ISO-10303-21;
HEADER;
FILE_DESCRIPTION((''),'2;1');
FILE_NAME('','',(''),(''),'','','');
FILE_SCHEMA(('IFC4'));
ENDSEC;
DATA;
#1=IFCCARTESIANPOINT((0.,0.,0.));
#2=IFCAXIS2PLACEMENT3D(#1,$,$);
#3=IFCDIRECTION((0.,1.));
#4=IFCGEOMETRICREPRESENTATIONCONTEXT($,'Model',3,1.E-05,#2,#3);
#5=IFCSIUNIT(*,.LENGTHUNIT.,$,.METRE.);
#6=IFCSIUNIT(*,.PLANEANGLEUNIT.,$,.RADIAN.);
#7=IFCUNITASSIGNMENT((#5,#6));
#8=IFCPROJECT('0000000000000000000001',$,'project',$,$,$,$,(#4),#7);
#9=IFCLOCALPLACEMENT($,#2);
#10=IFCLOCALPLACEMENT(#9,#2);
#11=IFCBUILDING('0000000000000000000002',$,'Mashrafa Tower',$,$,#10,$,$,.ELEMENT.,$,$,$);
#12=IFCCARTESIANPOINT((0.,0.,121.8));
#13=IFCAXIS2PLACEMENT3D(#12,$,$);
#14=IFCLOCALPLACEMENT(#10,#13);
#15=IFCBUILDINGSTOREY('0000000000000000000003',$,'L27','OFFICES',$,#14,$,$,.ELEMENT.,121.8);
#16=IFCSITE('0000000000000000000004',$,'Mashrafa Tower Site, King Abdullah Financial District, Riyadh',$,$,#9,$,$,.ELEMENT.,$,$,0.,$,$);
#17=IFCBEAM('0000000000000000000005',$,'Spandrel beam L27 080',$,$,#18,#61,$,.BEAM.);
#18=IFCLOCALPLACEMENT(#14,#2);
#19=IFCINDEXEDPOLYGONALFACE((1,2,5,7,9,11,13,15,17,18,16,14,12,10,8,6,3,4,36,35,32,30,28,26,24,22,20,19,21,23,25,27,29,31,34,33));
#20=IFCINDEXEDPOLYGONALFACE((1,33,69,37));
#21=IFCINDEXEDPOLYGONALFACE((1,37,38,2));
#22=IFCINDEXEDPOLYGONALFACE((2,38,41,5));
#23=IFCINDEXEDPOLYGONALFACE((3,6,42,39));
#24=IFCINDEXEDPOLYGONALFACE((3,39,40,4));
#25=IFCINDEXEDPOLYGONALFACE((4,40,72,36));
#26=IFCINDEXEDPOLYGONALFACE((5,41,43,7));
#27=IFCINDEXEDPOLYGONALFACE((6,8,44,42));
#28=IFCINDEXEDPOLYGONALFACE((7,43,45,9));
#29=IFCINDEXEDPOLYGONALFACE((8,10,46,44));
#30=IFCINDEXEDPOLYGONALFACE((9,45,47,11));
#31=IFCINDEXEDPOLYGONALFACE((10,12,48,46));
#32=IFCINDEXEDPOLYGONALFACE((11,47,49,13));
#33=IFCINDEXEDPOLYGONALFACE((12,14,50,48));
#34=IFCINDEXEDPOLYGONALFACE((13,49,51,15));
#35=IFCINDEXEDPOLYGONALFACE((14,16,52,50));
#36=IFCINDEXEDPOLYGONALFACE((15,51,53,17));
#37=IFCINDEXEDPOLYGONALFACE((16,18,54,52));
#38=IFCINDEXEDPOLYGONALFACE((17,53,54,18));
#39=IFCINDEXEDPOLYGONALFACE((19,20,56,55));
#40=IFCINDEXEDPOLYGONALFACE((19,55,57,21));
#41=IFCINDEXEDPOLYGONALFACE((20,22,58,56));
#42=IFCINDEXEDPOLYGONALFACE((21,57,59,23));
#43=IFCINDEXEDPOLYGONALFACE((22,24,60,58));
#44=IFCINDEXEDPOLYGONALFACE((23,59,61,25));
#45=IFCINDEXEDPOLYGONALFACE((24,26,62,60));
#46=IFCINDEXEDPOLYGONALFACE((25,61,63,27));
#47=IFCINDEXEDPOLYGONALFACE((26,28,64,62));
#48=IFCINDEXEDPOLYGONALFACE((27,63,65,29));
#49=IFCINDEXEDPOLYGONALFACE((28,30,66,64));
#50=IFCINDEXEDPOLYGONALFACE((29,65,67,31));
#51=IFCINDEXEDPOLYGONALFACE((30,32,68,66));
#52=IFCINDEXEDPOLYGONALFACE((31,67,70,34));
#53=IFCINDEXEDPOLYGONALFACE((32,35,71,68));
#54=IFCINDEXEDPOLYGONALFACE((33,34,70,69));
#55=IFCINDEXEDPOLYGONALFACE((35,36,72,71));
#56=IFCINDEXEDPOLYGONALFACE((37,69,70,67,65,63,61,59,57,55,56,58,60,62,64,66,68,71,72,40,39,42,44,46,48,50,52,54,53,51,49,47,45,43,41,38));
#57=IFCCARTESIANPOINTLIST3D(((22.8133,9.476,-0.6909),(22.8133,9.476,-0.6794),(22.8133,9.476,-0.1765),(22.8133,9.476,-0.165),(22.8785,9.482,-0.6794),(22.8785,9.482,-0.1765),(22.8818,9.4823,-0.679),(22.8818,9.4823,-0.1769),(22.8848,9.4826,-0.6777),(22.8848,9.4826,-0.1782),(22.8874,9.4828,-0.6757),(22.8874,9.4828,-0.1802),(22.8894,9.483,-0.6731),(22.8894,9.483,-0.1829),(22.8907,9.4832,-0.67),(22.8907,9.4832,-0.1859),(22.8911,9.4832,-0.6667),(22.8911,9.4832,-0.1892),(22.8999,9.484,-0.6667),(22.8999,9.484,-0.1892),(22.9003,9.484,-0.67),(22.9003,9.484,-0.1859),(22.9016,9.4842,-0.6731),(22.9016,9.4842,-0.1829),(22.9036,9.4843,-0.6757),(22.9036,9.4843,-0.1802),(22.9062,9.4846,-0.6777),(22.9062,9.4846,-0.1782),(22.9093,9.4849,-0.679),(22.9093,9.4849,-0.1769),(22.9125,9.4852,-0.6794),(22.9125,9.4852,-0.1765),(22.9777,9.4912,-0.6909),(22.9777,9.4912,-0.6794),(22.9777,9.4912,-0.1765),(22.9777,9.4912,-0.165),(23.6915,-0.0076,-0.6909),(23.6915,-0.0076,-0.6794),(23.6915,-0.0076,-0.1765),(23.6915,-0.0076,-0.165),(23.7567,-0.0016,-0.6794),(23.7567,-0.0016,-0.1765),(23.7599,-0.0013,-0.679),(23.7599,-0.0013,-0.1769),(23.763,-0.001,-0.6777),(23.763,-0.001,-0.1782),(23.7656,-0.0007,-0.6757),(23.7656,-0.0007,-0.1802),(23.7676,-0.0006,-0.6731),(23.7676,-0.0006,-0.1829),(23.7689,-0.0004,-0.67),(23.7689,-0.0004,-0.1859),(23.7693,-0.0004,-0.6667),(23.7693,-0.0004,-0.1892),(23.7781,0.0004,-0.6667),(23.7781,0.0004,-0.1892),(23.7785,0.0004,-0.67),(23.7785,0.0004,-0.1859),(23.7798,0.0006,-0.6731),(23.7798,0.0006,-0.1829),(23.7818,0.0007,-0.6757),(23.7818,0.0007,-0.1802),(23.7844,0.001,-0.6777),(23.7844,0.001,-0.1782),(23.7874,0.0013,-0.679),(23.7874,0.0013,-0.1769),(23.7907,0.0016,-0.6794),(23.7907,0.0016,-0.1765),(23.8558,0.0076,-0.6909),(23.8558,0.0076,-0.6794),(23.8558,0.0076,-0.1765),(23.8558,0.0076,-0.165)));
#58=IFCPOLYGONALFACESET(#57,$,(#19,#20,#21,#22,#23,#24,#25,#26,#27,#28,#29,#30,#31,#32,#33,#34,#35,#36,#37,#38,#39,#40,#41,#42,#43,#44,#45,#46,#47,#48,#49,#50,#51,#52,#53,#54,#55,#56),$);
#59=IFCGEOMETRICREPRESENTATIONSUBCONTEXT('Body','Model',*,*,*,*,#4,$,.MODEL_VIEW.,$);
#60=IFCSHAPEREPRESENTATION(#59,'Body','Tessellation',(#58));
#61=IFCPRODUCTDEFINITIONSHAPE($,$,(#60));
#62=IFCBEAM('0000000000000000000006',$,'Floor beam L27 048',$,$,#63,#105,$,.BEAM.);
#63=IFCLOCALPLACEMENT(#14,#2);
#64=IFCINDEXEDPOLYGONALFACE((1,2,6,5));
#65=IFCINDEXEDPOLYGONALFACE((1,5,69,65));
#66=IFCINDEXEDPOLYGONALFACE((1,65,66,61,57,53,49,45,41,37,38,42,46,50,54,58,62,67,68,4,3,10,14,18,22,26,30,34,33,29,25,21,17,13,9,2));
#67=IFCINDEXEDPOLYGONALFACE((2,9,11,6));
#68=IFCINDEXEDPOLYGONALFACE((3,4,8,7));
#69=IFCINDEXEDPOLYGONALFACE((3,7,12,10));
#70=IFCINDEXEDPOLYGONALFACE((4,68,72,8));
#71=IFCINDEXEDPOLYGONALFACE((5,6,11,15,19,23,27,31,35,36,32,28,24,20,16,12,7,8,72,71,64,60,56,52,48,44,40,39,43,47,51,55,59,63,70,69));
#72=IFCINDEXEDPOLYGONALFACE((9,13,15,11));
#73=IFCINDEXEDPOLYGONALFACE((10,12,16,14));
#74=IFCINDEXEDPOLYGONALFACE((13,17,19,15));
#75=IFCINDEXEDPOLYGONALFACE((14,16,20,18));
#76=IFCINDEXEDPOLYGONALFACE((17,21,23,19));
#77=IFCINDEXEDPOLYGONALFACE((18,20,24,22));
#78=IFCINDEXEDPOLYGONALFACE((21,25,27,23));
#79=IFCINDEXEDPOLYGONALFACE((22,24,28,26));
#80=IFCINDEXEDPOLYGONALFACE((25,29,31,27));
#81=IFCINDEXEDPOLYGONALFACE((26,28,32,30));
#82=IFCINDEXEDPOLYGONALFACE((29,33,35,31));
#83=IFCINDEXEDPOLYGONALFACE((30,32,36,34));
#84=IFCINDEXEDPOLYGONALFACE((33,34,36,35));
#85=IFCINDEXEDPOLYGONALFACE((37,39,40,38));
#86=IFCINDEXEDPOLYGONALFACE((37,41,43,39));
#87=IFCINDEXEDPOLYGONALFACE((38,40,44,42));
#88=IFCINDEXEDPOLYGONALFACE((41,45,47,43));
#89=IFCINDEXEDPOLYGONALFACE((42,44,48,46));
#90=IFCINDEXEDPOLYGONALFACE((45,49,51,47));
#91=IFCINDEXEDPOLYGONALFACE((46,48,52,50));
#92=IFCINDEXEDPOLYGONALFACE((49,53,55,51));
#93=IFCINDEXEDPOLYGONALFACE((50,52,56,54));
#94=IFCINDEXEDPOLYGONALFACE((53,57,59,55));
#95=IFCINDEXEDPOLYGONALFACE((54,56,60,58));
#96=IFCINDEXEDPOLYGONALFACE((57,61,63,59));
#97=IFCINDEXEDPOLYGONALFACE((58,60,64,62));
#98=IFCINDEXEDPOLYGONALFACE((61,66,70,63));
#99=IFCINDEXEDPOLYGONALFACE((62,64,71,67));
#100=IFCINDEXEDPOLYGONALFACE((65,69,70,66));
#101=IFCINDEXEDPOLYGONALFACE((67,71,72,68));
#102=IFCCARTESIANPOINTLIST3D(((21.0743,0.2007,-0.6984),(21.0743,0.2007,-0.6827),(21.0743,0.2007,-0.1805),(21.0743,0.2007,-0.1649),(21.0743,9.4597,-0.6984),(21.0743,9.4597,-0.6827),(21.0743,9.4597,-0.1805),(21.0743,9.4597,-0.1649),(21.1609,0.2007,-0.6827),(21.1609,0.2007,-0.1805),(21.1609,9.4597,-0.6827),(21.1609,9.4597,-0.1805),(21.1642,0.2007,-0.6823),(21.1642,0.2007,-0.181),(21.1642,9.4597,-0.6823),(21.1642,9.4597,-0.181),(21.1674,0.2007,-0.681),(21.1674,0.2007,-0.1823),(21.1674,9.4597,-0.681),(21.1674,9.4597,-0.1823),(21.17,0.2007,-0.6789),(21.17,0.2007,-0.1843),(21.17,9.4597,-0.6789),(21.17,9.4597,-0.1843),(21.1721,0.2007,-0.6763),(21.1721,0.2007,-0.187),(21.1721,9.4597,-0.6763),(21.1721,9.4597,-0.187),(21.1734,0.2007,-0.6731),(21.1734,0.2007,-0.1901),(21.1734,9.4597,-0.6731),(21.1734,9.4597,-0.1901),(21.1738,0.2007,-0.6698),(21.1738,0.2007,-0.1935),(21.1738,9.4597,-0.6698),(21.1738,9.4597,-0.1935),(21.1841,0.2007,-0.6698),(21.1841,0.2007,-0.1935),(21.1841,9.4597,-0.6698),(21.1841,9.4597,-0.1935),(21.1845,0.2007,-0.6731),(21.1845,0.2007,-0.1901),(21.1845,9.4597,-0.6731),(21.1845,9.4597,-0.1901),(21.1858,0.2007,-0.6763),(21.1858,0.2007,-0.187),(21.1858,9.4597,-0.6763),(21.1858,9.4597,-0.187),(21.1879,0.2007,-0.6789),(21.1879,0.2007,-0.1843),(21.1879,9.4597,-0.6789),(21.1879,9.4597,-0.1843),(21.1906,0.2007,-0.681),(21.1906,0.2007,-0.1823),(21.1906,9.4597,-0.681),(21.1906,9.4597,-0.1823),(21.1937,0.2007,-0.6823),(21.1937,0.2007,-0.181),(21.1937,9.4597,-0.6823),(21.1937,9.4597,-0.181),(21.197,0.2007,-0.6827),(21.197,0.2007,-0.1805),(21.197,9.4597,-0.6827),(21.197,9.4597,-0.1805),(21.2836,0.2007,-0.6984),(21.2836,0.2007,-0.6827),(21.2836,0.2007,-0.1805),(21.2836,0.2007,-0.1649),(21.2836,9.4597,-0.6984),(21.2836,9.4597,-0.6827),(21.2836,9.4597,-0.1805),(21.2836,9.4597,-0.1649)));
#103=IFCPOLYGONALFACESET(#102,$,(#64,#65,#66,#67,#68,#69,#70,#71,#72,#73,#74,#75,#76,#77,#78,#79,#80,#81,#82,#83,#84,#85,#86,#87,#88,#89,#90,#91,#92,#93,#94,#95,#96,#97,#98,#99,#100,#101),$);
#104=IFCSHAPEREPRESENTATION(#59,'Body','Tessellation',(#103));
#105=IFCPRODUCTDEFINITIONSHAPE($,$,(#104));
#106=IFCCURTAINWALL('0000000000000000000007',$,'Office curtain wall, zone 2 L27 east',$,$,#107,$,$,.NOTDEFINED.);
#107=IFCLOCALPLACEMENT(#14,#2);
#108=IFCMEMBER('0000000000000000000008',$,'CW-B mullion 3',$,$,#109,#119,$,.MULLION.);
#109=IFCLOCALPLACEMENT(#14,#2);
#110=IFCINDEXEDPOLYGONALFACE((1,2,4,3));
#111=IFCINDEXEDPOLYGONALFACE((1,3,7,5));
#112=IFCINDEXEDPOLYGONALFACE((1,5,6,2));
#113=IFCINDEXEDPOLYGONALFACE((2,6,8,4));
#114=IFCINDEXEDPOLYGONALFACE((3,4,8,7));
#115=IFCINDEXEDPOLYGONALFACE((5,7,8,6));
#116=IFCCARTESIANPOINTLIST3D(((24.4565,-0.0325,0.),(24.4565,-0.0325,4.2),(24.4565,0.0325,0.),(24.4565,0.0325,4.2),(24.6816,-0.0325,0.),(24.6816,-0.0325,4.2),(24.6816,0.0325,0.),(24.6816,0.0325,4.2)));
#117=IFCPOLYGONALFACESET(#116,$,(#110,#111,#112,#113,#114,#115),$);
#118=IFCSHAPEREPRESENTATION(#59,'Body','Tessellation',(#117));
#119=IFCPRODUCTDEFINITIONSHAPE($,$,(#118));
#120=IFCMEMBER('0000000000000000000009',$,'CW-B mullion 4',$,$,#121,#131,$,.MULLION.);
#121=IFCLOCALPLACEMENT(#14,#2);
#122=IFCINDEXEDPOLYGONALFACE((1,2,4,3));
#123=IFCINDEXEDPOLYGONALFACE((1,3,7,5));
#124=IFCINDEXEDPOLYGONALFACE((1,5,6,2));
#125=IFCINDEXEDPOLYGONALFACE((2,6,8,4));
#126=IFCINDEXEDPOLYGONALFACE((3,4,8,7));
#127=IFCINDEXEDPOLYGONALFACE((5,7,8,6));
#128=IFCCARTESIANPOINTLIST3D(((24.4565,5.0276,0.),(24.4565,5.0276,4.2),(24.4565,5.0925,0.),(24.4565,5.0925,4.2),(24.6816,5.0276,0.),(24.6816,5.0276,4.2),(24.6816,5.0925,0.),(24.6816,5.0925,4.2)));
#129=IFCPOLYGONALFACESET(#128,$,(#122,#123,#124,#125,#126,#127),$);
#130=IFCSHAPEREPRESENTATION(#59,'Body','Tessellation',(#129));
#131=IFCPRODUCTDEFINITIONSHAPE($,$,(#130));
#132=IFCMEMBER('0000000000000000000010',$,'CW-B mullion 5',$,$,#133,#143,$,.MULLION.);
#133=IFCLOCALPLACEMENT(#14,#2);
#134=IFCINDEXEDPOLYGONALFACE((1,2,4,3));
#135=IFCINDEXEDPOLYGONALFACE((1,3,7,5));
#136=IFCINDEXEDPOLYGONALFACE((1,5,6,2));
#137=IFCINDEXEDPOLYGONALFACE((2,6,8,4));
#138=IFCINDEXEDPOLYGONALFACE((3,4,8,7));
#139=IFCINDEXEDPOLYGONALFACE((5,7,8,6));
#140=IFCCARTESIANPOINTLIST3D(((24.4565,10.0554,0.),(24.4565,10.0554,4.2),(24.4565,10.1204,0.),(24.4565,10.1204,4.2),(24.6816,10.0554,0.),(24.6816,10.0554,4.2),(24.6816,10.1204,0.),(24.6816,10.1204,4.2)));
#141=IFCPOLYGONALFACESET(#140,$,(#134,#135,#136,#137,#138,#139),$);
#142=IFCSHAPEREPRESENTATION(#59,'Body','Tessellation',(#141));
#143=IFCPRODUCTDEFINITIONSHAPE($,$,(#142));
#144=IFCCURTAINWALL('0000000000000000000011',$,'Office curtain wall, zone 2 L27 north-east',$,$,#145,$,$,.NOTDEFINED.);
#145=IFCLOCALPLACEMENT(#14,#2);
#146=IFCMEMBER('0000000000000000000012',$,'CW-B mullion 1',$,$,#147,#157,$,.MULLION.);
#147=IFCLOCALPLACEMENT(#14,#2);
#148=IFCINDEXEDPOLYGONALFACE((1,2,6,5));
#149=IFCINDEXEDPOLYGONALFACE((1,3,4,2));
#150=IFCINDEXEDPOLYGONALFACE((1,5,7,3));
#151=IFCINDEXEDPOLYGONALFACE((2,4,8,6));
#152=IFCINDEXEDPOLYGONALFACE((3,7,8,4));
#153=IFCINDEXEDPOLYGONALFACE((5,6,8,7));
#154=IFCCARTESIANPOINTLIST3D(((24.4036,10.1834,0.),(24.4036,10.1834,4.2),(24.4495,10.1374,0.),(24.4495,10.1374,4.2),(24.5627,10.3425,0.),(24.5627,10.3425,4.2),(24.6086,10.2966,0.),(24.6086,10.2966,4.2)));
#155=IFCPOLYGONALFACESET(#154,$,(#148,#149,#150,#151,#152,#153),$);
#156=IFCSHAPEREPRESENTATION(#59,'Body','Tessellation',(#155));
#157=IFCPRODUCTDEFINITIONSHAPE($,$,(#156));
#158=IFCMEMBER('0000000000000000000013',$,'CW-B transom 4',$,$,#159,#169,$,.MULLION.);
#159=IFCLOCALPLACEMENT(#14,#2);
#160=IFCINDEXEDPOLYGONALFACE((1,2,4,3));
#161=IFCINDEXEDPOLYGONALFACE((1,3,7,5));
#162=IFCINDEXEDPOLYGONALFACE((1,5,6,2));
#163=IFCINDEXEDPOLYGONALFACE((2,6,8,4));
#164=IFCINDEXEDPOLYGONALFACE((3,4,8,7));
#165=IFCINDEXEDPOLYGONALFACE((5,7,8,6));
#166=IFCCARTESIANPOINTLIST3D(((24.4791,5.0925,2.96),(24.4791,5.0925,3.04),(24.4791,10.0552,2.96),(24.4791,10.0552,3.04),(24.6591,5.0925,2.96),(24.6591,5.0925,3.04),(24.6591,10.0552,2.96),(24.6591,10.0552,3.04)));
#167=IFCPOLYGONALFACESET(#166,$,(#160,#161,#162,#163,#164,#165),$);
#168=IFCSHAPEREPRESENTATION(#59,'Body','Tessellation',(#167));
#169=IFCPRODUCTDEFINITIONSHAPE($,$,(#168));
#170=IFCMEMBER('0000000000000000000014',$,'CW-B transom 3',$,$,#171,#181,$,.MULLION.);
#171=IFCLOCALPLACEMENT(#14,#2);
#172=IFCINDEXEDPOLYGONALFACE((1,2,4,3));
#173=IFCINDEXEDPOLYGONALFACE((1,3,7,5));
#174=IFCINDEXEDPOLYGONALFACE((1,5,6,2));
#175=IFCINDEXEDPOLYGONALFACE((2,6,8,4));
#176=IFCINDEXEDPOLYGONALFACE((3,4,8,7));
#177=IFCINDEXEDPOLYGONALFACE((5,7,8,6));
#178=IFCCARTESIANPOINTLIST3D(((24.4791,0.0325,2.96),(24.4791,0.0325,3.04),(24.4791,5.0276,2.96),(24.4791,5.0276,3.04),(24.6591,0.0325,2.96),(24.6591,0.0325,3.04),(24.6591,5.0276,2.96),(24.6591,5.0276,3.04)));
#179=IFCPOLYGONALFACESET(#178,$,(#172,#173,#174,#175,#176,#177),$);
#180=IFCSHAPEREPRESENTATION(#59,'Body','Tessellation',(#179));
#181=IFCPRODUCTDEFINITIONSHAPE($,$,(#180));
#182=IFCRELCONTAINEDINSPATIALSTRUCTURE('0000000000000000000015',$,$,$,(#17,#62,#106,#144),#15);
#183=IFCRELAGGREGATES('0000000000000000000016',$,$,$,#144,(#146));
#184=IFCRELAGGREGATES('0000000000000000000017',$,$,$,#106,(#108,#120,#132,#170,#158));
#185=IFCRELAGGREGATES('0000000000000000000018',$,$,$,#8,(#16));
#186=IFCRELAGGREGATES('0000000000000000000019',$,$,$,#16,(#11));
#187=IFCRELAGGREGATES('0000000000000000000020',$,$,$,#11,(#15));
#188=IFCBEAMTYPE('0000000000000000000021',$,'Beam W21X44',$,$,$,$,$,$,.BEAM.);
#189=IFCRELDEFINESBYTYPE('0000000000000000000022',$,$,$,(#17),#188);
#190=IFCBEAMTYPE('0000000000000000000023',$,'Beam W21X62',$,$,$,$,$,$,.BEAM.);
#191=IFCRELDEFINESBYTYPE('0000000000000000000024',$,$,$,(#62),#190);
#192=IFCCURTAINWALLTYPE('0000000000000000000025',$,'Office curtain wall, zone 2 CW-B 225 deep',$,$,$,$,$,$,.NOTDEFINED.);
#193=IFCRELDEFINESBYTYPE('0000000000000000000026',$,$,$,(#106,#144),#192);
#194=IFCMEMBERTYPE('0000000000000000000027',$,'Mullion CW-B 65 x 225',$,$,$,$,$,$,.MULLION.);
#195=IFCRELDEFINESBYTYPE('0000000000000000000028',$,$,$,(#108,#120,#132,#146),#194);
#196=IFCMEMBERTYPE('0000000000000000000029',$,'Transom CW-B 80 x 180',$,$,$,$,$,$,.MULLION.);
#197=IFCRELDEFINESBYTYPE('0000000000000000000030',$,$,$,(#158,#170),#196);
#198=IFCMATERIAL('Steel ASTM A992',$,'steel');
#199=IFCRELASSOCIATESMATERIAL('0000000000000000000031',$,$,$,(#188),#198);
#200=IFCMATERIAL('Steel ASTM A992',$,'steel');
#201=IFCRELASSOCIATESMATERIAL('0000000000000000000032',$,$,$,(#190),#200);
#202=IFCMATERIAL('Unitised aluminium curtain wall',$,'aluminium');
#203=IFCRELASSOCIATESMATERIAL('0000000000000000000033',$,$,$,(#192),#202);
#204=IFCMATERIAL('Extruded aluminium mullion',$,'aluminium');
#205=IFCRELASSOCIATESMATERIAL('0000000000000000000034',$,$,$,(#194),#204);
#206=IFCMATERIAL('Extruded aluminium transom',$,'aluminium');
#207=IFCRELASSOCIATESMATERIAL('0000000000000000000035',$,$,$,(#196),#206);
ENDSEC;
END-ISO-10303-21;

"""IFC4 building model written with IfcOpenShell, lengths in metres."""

from ifc_helpers import new_model, si_unit, direction, frame, origin, origin_2d, place, context, subcontext, project, spatial, rectangle, i_section, extrude, source, transform, mapped, material, material_profile, profile_set, type_object, type_shapes, element, aggregate, save


model = new_model("IFC4")

# Units and contexts
model_context = context("Model", 3, precision=1e-05, world=origin(), true_north=direction((0.0, 1.0)))
body_context = subcontext(model_context, "Body", "Model", "MODEL_VIEW")
ifc_project = project(units=[si_unit("LENGTHUNIT", "METRE"), si_unit("PLANEANGLEUNIT", "RADIAN")], contexts=[model_context])

# Site, building, storey
site_placement = place(None, origin())
site = spatial("IfcSite", under=ifc_project, at=site_placement, Name="Mashrafa Tower Site, King Abdullah Financial District, Riyadh", CompositionType="ELEMENT", RefElevation=0.0)
building_placement = place(site_placement, origin())
building = spatial("IfcBuilding", under=site, at=building_placement, Name="Mashrafa Tower", CompositionType="ELEMENT")
storey_placement = place(building_placement, frame((0.0, 0.0, 121.8)))
storey = spatial("IfcBuildingStorey", under=building, at=storey_placement, Name="L27", Description="OFFICES", CompositionType="ELEMENT", Elevation=121.8)

# Beams
ifc_material_1 = material(Name="Steel ASTM A992", Category="steel")
ifc_material_profile_1 = material_profile(ifc_material_1, i_section(OverallWidth=0.165, OverallDepth=0.5259, WebThickness=0.0088, FlangeThickness=0.0115, FilletRadius=0.0127, at=origin_2d()), Name="W21X44")
ifc_profile_set_1 = profile_set([ifc_material_profile_1], Name="Steel ASTM A992")
beam_type_1 = type_object("IfcBeamType", Name="Beam W21X44", PredefinedType="BEAM", material=ifc_profile_set_1)
for number, where, z_axis, x_axis, name in (
    (1, (23.7737, 0.0, -0.428), (-0.092204, 0.99574, 0.0), (-0.99574, -0.092204, 0.0), "Spandrel beam L27 080"),
):
    element("IfcBeam", number, at=place(storey_placement, frame(where, z_axis=z_axis, x_axis=x_axis)), inside=storey, type_object=beam_type_1, Name=name, PredefinedType="BEAM", context=body_context, shape_type="SweptSolid", body=[
        extrude(i_section(OverallWidth=0.165, OverallDepth=0.5259, WebThickness=0.0088, FlangeThickness=0.0115, FilletRadius=0.0127, at=origin_2d()), origin(), (0.0, 0.0, 1.0), 9.5242),
    ])
ifc_material_2 = material(Name="Steel ASTM A992", Category="steel")
ifc_material_profile_2 = material_profile(ifc_material_2, i_section(OverallWidth=0.2092, OverallDepth=0.5334, WebThickness=0.0103, FlangeThickness=0.0156, FilletRadius=0.0129, at=origin_2d()), Name="W21X62")
ifc_profile_set_2 = profile_set([ifc_material_profile_2], Name="Steel ASTM A992")
beam_type_2 = type_object("IfcBeamType", Name="Beam W21X62", PredefinedType="BEAM", material=ifc_profile_set_2)
beam_1_placement = place(storey_placement, frame((21.179, 9.4597, -0.4316), z_axis=(0.0, -1.0, 0.0), x_axis=(1.0, 0.0, 0.0)))
element("IfcBeam", 2, at=beam_1_placement, inside=storey, type_object=beam_type_2, Name="Floor beam L27 048", PredefinedType="BEAM", context=body_context, shape_type="SweptSolid", body=[
    extrude(i_section(OverallWidth=0.2092, OverallDepth=0.5334, WebThickness=0.0103, FlangeThickness=0.0156, FilletRadius=0.0129, at=origin_2d()), origin(), (0.0, 0.0, 1.0), 9.259),
])

# Curtain wall, members
ifc_material_3 = material(Name="Unitised aluminium curtain wall", Category="aluminium")
curtain_wall_type = type_object("IfcCurtainWallType", Name="Office curtain wall, zone 2 CW-B 225 deep", PredefinedType="NOTDEFINED", material=ifc_material_3)
curtain_wall_1_placement = place(storey_placement, origin())
curtain_wall_1 = element("IfcCurtainWall", 3, at=curtain_wall_1_placement, inside=storey, type_object=curtain_wall_type, Name="Office curtain wall, zone 2 L27 east", PredefinedType="NOTDEFINED")
ifc_material_4 = material(Name="Extruded aluminium mullion", Category="aluminium")
ifc_material_profile_3 = material_profile(ifc_material_4, rectangle(XDim=0.2251, YDim=0.0649, at=origin_2d()), Name="Mullion 65x225")
ifc_profile_set_3 = profile_set([ifc_material_profile_3], Name="Extruded aluminium mullion")
member_type_1 = type_object("IfcMemberType", Name="Mullion CW-B 65 x 225", PredefinedType="MULLION", material=ifc_profile_set_3)
shared_shape_1 = source(origin(), body_context, "Body", "SweptSolid", [
    extrude(rectangle(XDim=0.2251, YDim=0.0649, at=origin_2d()), origin(), (0.0, 0.0, 1.0), 4.2),
])
type_shapes(member_type_1, [shared_shape_1])
member_1_placement = place(storey_placement, frame((24.5691, 0.0, 0.0), z_axis=(0.0, 0.0, 1.0), x_axis=(-1.0, 0.0, 0.0)))
member_1 = element("IfcMember", 4, at=member_1_placement, type_object=member_type_1, Name="CW-B mullion 3", PredefinedType="MULLION", context=body_context, shape_type="MappedRepresentation", body=[
    mapped(shared_shape_1, transform((0.0, 0.0, 0.0))),
])
member_2_placement = place(storey_placement, frame((24.5691, 5.0601, 0.0), z_axis=(0.0, 0.0, 1.0), x_axis=(-1.0, 0.0, 0.0)))
member_2 = element("IfcMember", 5, at=member_2_placement, type_object=member_type_1, Name="CW-B mullion 4", PredefinedType="MULLION", context=body_context, shape_type="MappedRepresentation", body=[
    mapped(shared_shape_1, transform((0.0, 0.0, 0.0))),
])
member_3_placement = place(storey_placement, frame((24.5691, 10.0879, 0.0), z_axis=(0.0, 0.0, 1.0), x_axis=(-1.0, 0.0, 0.0)))
member_3 = element("IfcMember", 6, at=member_3_placement, type_object=member_type_1, Name="CW-B mullion 5", PredefinedType="MULLION", context=body_context, shape_type="MappedRepresentation", body=[
    mapped(shared_shape_1, transform((0.0, 0.0, 0.0))),
])

# Curtain wall, member
curtain_wall_2_placement = place(storey_placement, origin())
curtain_wall_2 = element("IfcCurtainWall", 7, at=curtain_wall_2_placement, inside=storey, type_object=curtain_wall_type, Name="Office curtain wall, zone 2 L27 north-east", PredefinedType="NOTDEFINED")
member_4_placement = place(storey_placement, frame((24.5061, 10.24, 0.0), z_axis=(0.0, 0.0, 1.0), x_axis=(-0.707107, -0.707107, 0.0)))
member_4 = element("IfcMember", 8, at=member_4_placement, type_object=member_type_1, Name="CW-B mullion 1", PredefinedType="MULLION", context=body_context, shape_type="MappedRepresentation", body=[
    mapped(shared_shape_1, transform((0.0, 0.0, 0.0))),
])
aggregate(curtain_wall_2, [member_4])

# Members
ifc_material_5 = material(Name="Extruded aluminium transom", Category="aluminium")
ifc_material_profile_4 = material_profile(ifc_material_5, rectangle(XDim=0.1799, YDim=0.0801, at=origin_2d()), Name="Transom 80x180")
ifc_profile_set_4 = profile_set([ifc_material_profile_4], Name="Extruded aluminium transom")
member_type_2 = type_object("IfcMemberType", Name="Transom CW-B 80 x 180", PredefinedType="MULLION", material=ifc_profile_set_4)
shared_shape_2 = source(origin(), body_context, "Body", "SweptSolid", [
    extrude(rectangle(XDim=0.1799, YDim=0.0801, at=origin_2d()), origin(), (0.0, 0.0, 1.0), 4.9626),
])
member_5_placement = place(storey_placement, frame((24.5691, 5.0925, 3.0), z_axis=(0.0, 1.0, 0.0), x_axis=(-1.0, 0.0, 0.0)))
member_5 = element("IfcMember", 9, at=member_5_placement, type_object=member_type_2, Name="CW-B transom 4", PredefinedType="MULLION", context=body_context, shape_type="MappedRepresentation", body=[
    mapped(shared_shape_2, transform((0.0, 0.0, 0.0))),
])
shared_shape_3 = source(origin(), body_context, "Body", "SweptSolid", [
    extrude(rectangle(XDim=0.1799, YDim=0.0801, at=origin_2d()), origin(), (0.0, 0.0, 1.0), 4.9951),
])
type_shapes(member_type_2, [shared_shape_2, shared_shape_3])
member_6_placement = place(storey_placement, frame((24.5691, 0.0325, 3.0), z_axis=(0.0, 1.0, 0.0), x_axis=(-1.0, 0.0, 0.0)))
member_6 = element("IfcMember", 10, at=member_6_placement, type_object=member_type_2, Name="CW-B transom 3", PredefinedType="MULLION", context=body_context, shape_type="MappedRepresentation", body=[
    mapped(shared_shape_3, transform((0.0, 0.0, 0.0))),
])

aggregate(curtain_wall_1, [member_1, member_2, member_3, member_6, member_5])

save(model, "model.ifc")
